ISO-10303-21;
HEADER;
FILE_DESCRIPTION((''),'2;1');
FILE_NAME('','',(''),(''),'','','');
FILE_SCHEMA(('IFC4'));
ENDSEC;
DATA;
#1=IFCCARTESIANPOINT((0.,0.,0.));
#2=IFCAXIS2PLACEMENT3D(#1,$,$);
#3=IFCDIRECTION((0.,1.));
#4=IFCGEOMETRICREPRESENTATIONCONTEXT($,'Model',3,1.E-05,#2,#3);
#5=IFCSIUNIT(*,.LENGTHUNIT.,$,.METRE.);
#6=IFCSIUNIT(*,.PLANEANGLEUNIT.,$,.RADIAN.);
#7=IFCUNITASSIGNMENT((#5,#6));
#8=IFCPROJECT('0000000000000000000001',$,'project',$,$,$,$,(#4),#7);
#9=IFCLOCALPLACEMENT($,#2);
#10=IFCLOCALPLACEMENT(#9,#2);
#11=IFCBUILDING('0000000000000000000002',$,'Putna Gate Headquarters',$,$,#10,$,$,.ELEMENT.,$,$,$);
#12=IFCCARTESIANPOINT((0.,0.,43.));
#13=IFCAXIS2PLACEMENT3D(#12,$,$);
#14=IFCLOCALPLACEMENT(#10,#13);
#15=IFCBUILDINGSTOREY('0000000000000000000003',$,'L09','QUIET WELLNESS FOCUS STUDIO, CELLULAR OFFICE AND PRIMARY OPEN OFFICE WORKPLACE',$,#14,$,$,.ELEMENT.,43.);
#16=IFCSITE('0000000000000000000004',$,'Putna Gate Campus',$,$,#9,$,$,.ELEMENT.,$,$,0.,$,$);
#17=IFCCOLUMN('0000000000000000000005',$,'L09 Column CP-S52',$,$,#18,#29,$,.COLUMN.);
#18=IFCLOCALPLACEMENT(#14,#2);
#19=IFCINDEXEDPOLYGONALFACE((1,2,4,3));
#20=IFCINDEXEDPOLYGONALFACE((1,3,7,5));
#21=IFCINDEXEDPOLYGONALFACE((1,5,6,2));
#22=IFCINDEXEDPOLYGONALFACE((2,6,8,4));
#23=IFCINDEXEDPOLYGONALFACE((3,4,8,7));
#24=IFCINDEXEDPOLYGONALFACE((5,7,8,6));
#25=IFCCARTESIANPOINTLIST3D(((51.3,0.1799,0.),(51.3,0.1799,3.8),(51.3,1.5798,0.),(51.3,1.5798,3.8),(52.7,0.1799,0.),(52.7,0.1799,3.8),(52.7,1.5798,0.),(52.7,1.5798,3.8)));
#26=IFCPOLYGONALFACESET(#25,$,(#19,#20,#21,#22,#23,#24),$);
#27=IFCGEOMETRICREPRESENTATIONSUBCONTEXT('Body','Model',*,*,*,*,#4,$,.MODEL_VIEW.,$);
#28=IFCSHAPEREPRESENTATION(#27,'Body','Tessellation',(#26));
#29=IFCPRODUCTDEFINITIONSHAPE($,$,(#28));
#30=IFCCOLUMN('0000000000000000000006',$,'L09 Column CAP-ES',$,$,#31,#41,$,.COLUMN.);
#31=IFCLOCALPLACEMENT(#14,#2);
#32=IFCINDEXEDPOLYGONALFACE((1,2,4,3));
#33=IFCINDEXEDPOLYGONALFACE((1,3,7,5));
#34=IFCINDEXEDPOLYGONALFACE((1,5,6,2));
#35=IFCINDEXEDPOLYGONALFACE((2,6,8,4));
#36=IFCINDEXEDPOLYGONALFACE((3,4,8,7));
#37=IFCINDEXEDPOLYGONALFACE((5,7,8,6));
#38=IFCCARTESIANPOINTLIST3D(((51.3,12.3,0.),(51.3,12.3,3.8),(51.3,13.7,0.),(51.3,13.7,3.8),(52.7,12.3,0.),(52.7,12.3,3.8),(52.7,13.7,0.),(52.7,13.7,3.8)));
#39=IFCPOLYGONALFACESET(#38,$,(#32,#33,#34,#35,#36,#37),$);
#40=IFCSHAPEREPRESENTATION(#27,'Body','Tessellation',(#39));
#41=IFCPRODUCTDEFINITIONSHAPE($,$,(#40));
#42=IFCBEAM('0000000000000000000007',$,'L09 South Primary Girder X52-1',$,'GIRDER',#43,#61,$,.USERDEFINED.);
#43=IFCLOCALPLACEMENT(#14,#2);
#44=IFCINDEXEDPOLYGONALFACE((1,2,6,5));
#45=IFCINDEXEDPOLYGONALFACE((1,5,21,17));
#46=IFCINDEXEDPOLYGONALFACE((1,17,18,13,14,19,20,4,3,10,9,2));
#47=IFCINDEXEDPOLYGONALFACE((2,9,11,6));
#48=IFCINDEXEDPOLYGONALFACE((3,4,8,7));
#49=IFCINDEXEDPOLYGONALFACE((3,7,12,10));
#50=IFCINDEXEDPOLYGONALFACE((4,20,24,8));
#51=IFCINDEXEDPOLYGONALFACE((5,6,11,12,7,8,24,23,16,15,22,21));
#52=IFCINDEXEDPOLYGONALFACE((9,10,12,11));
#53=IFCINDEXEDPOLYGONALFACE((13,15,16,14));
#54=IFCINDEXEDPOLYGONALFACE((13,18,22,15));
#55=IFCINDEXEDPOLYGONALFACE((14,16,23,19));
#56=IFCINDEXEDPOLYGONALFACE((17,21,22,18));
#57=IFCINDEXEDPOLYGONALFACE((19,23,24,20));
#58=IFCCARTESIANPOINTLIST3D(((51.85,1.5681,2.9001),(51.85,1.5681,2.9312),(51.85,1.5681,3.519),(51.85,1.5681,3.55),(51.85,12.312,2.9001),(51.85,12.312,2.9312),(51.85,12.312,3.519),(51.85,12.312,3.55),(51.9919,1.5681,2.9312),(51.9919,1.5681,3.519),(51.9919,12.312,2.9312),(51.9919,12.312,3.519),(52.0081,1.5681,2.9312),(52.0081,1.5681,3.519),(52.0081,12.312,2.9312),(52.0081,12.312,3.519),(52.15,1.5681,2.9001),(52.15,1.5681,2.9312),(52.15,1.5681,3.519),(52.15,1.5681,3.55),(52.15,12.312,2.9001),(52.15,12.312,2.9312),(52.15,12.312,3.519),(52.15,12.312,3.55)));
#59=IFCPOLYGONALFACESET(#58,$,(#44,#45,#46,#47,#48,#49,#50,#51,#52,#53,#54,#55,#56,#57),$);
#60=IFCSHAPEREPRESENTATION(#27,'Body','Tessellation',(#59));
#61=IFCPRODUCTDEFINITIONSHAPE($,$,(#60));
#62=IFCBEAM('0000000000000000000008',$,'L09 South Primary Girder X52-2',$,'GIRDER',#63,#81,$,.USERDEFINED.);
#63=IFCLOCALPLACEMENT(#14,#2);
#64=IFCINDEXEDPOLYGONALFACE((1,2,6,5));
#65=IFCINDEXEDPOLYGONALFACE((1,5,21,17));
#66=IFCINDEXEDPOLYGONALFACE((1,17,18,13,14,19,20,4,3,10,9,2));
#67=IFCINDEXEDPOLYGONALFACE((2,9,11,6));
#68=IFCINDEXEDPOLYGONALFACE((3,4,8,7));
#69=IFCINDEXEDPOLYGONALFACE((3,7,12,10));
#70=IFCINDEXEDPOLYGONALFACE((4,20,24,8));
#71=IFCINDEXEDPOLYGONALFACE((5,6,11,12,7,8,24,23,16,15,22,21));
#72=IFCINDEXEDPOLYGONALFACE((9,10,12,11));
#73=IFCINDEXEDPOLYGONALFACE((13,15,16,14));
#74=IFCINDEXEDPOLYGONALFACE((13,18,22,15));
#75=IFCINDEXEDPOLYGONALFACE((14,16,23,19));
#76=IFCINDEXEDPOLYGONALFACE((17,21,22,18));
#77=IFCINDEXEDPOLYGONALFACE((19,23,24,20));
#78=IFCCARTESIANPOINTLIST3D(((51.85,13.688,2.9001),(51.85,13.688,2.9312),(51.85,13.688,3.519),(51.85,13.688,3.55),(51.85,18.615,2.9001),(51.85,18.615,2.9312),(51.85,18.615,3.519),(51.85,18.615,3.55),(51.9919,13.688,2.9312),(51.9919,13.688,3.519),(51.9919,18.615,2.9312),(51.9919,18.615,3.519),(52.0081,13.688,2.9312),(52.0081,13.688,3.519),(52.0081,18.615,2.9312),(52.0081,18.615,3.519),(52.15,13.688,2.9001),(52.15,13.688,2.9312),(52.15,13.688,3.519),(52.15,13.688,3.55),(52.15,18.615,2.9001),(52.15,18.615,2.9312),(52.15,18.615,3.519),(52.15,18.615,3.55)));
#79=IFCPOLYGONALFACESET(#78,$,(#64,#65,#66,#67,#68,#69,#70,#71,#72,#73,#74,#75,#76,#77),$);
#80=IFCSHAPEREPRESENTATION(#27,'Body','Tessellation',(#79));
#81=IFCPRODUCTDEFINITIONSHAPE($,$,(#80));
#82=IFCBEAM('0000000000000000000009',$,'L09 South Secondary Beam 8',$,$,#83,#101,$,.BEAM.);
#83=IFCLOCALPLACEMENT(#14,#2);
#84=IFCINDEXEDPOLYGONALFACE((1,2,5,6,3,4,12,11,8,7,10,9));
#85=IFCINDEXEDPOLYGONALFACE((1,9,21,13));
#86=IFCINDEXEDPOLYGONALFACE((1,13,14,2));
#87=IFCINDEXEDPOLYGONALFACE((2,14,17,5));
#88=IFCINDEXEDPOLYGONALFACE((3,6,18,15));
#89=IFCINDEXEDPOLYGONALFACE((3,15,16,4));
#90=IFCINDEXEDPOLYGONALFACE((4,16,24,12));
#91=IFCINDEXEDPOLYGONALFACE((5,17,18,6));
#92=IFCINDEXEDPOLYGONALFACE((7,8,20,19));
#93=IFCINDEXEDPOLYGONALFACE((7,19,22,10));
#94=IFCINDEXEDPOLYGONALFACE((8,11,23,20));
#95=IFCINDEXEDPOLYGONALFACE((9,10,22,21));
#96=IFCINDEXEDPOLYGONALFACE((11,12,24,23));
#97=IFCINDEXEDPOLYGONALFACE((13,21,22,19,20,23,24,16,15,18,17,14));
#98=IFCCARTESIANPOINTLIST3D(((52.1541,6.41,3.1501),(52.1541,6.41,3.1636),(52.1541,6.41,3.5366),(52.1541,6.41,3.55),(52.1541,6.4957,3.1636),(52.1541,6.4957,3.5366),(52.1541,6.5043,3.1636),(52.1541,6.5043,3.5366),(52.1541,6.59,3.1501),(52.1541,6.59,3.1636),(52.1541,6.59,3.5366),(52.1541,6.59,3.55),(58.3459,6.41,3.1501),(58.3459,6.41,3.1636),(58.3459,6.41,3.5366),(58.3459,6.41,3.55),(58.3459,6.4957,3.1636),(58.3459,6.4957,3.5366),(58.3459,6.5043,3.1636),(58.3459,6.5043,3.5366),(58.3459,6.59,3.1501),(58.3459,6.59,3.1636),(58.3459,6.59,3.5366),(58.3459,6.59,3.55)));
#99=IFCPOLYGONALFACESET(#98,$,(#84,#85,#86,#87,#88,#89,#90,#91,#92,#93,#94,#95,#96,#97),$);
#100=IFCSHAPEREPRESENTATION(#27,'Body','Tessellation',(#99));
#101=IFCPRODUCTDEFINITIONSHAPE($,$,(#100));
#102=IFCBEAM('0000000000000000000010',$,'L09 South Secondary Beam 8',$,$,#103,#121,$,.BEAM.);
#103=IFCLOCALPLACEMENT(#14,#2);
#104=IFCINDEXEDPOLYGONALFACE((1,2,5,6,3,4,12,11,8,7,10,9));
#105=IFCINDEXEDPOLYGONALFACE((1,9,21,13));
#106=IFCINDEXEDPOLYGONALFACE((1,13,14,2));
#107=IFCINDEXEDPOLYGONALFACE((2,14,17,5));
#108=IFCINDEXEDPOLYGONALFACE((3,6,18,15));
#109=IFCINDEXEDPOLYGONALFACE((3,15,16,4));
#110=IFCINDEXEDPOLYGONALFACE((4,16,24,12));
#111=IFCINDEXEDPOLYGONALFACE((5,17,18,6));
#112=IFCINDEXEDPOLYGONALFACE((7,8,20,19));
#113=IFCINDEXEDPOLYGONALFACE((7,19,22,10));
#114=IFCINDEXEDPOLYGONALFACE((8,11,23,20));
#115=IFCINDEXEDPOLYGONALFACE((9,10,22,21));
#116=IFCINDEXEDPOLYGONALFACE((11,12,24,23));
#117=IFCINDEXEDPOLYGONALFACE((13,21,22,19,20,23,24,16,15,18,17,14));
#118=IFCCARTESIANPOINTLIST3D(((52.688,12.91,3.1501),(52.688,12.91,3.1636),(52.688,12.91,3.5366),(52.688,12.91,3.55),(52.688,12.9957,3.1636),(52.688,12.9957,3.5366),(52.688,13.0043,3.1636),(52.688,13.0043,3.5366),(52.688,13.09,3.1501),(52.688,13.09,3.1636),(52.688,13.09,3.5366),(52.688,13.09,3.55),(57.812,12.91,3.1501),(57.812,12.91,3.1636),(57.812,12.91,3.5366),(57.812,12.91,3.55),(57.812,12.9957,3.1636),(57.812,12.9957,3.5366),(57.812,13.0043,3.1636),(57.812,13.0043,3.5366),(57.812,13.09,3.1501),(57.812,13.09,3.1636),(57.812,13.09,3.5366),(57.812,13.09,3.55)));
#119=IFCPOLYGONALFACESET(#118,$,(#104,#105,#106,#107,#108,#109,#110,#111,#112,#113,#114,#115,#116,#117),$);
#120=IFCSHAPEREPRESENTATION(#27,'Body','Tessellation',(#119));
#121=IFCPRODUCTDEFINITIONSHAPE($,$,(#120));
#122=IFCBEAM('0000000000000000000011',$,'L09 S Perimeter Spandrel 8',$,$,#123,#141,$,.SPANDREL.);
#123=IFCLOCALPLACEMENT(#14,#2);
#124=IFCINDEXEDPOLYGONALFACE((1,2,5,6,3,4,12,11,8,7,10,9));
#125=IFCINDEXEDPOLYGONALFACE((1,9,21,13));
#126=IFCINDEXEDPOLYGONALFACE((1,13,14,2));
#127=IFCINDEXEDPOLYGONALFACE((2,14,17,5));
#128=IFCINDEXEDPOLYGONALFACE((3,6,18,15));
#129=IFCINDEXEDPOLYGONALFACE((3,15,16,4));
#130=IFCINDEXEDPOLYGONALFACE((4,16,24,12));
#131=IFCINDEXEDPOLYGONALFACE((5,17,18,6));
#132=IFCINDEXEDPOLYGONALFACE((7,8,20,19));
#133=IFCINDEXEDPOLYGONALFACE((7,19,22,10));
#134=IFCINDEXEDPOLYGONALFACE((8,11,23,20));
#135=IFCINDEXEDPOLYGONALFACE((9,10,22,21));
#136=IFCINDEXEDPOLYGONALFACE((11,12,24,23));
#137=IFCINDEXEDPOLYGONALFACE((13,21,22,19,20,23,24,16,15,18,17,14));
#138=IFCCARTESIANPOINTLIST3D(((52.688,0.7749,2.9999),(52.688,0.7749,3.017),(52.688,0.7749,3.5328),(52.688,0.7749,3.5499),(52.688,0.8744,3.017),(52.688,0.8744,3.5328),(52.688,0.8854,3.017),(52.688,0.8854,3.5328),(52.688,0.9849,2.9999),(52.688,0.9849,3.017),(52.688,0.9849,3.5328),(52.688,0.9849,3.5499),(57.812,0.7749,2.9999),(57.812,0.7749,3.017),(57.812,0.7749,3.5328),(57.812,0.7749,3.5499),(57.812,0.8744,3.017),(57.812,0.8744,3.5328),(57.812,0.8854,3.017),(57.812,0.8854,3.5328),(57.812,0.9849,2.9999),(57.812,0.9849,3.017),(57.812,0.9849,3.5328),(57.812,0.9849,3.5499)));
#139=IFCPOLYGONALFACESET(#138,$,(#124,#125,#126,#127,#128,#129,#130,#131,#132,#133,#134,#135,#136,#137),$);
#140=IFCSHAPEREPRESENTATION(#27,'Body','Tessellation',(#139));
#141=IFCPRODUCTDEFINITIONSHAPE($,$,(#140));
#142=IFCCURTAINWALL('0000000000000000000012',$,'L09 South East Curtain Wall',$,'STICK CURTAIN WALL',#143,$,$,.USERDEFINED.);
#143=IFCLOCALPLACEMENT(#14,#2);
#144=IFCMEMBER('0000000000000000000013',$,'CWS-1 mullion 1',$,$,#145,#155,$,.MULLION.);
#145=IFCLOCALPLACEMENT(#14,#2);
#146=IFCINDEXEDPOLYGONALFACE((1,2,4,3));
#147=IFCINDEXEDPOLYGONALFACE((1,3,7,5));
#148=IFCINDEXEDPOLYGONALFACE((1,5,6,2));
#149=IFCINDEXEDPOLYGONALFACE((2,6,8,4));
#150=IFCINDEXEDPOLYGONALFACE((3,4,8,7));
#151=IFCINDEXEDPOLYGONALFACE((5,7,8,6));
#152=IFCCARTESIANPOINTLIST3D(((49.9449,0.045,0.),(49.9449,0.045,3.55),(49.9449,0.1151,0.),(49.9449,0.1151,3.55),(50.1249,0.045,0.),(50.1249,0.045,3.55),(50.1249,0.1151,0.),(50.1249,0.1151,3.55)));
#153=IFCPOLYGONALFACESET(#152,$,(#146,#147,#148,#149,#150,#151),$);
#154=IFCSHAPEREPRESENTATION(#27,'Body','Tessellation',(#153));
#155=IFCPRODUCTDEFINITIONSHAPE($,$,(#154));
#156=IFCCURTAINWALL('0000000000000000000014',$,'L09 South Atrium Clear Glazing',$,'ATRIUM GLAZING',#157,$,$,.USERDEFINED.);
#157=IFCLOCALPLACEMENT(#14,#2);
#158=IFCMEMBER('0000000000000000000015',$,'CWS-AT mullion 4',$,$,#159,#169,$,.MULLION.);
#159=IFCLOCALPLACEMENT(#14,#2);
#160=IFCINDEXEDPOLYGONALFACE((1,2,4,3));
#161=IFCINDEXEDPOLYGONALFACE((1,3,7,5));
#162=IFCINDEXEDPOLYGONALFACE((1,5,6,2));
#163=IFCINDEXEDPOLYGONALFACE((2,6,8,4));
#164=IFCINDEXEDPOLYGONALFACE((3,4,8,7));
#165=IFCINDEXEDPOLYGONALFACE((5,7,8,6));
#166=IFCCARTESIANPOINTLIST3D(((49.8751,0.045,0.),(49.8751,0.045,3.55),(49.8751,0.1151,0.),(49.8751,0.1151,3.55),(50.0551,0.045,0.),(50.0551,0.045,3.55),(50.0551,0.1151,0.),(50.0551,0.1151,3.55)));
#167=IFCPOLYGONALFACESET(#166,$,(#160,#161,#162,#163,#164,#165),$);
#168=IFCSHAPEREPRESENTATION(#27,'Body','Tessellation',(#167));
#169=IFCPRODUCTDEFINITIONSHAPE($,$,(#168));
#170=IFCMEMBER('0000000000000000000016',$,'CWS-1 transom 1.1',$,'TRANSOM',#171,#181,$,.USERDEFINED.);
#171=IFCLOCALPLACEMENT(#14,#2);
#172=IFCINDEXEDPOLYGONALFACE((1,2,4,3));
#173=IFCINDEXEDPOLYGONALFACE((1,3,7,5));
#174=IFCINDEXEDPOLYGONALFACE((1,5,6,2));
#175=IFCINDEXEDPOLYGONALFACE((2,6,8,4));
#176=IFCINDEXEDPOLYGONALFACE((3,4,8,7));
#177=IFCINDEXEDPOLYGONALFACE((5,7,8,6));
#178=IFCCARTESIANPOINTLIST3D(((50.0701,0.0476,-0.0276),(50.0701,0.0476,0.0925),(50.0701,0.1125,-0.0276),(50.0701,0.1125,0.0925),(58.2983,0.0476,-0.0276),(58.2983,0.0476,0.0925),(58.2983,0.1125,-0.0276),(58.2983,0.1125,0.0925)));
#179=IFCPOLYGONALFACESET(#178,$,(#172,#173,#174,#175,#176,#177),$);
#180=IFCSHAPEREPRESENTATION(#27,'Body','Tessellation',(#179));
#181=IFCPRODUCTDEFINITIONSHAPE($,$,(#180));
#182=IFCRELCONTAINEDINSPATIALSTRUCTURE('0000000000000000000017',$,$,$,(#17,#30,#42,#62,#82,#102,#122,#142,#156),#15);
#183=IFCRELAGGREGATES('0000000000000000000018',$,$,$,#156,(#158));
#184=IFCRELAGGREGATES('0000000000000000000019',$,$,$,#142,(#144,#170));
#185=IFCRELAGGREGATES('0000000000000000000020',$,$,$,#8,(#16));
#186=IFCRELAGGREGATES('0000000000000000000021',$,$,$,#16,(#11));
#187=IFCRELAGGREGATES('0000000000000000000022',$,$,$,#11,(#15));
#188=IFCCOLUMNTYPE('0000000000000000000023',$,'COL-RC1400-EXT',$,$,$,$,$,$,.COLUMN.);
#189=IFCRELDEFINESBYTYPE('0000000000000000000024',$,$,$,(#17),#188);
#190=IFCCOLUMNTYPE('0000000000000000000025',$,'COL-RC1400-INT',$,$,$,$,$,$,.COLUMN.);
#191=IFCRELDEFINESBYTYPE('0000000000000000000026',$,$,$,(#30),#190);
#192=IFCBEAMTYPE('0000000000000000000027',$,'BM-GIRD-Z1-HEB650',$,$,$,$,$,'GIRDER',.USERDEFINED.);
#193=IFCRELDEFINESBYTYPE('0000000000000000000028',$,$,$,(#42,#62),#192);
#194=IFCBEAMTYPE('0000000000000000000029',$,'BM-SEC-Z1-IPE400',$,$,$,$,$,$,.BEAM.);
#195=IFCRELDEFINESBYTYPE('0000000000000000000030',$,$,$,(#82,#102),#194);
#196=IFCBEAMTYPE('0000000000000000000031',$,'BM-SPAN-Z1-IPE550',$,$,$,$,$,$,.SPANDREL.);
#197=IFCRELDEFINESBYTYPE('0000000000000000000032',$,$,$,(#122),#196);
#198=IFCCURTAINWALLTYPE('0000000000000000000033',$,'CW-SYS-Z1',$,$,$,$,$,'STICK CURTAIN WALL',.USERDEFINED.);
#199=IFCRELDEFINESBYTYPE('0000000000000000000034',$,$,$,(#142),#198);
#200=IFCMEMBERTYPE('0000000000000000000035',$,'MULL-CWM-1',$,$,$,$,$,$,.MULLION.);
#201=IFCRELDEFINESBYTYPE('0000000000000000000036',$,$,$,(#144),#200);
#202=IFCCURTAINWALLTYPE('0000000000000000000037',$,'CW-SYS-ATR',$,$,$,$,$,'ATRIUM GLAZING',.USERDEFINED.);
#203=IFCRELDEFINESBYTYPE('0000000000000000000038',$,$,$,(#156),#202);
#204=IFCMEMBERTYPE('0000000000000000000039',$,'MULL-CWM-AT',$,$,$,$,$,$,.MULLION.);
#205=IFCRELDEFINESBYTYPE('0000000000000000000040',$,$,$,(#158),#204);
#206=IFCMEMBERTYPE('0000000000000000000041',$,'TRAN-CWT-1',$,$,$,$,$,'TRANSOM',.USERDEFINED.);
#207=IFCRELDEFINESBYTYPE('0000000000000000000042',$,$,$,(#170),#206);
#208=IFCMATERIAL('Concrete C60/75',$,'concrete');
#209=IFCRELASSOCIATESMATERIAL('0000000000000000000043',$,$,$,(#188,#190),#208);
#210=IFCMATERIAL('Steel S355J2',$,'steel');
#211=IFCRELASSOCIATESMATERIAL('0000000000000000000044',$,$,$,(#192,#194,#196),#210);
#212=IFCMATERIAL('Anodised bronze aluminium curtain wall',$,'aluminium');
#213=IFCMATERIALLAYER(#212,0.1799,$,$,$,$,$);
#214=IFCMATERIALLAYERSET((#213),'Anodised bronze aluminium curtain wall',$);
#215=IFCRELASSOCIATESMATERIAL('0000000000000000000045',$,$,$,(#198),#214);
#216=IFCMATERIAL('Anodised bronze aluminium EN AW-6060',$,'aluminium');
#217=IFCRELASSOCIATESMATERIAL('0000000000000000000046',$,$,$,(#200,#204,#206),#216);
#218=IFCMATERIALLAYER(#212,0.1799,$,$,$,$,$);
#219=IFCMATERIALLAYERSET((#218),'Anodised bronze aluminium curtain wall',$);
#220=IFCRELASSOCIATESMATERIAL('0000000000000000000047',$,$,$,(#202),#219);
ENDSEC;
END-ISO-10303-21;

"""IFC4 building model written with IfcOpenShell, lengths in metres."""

from ifc_helpers import new_model, si_unit, direction, frame, origin, origin_2d, place, context, subcontext, project, spatial, rectangle, i_section, extrude, material, layer, layer_set, material_profile, profile_set, type_object, element, aggregate, save


model = new_model("IFC4")

# Units and contexts
model_context = context("Model", 3, precision=1e-05, world=origin(), true_north=direction((0.0, 1.0)))
body_context = subcontext(model_context, "Body", "Model", "MODEL_VIEW")
ifc_project = project(units=[si_unit("LENGTHUNIT", "METRE"), si_unit("PLANEANGLEUNIT", "RADIAN")], contexts=[model_context])

# Site, building, storey
site_placement = place(None, origin())
site = spatial("IfcSite", under=ifc_project, at=site_placement, Name="Putna Gate Campus", CompositionType="ELEMENT", RefElevation=0.0)
building_placement = place(site_placement, origin())
building = spatial("IfcBuilding", under=site, at=building_placement, Name="Putna Gate Headquarters", CompositionType="ELEMENT")
storey_placement = place(building_placement, frame((0.0, 0.0, 43.0)))
storey = spatial("IfcBuildingStorey", under=building, at=storey_placement, Name="L09", Description="QUIET WELLNESS FOCUS STUDIO, CELLULAR OFFICE AND PRIMARY OPEN OFFICE WORKPLACE", CompositionType="ELEMENT", Elevation=43.0)

# Columns
ifc_material_1 = material(Name="Concrete C60/75", Category="concrete")
ifc_material_profile_1 = material_profile(ifc_material_1, rectangle(XDim=1.3999, YDim=1.3999, at=origin_2d()), Name="Concrete C60/75")
ifc_profile_set_1 = profile_set([ifc_material_profile_1], Name="Concrete C60/75")
column_type_1 = type_object("IfcColumnType", Name="COL-RC1400-EXT", PredefinedType="COLUMN", material=ifc_profile_set_1)
column_1_placement = place(storey_placement, frame((52.0, 0.8799, 0.0), z_axis=(0.0, 0.0, 1.0), x_axis=(1.0, 0.0, 0.0)))
element("IfcColumn", 1, at=column_1_placement, inside=storey, type_object=column_type_1, Name="L09 Column CP-S52", PredefinedType="COLUMN", context=body_context, shape_type="SweptSolid", body=[
    extrude(rectangle(XDim=1.3999, YDim=1.3999, at=origin_2d()), origin(), (0.0, 0.0, 1.0), 3.8),
])
ifc_material_profile_2 = material_profile(ifc_material_1, rectangle(XDim=1.3999, YDim=1.3999, at=origin_2d()), Name="Concrete C60/75")
ifc_profile_set_2 = profile_set([ifc_material_profile_2], Name="Concrete C60/75")
column_type_2 = type_object("IfcColumnType", Name="COL-RC1400-INT", PredefinedType="COLUMN", material=ifc_profile_set_2)
column_2_placement = place(storey_placement, frame((52.0, 13.0, 0.0), z_axis=(0.0, 0.0, 1.0), x_axis=(1.0, 0.0, 0.0)))
element("IfcColumn", 2, at=column_2_placement, inside=storey, type_object=column_type_2, Name="L09 Column CAP-ES", PredefinedType="COLUMN", context=body_context, shape_type="SweptSolid", body=[
    extrude(rectangle(XDim=1.3999, YDim=1.3999, at=origin_2d()), origin(), (0.0, 0.0, 1.0), 3.8),
])

# Beams
ifc_material_2 = material(Name="Steel S355J2", Category="steel")
ifc_material_profile_3 = material_profile(ifc_material_2, i_section(OverallWidth=0.3, OverallDepth=0.6499, WebThickness=0.0161, FlangeThickness=0.031, at=origin_2d()), Name="Steel S355J2")
ifc_profile_set_3 = profile_set([ifc_material_profile_3], Name="Steel S355J2")
beam_type_1 = type_object("IfcBeamType", Name="BM-GIRD-Z1-HEB650", ElementType="GIRDER", PredefinedType="USERDEFINED", material=ifc_profile_set_3)
beam_1_placement = place(storey_placement, frame((52.0, 1.5681, 3.2251), z_axis=(0.0, 1.0, 0.0), x_axis=(-1.0, 0.0, 0.0)))
element("IfcBeam", 3, at=beam_1_placement, inside=storey, type_object=beam_type_1, Name="L09 South Primary Girder X52-1", ObjectType="GIRDER", PredefinedType="USERDEFINED", context=body_context, shape_type="SweptSolid", body=[
    extrude(i_section(OverallWidth=0.3, OverallDepth=0.6499, WebThickness=0.0161, FlangeThickness=0.031, at=origin_2d()), origin(), (0.0, 0.0, 1.0), 10.7439),
])
beam_2_placement = place(storey_placement, frame((52.0, 13.688, 3.2251), z_axis=(0.0, 1.0, 0.0), x_axis=(-1.0, 0.0, 0.0)))
element("IfcBeam", 4, at=beam_2_placement, inside=storey, type_object=beam_type_1, Name="L09 South Primary Girder X52-2", ObjectType="GIRDER", PredefinedType="USERDEFINED", context=body_context, shape_type="SweptSolid", body=[
    extrude(i_section(OverallWidth=0.3, OverallDepth=0.6499, WebThickness=0.0161, FlangeThickness=0.031, at=origin_2d()), origin(), (0.0, 0.0, 1.0), 4.927),
])
ifc_material_profile_4 = material_profile(ifc_material_2, i_section(OverallWidth=0.1799, OverallDepth=0.3999, WebThickness=0.0085, FlangeThickness=0.0134, at=origin_2d()), Name="Steel S355J2")
ifc_profile_set_4 = profile_set([ifc_material_profile_4], Name="Steel S355J2")
beam_type_2 = type_object("IfcBeamType", Name="BM-SEC-Z1-IPE400", PredefinedType="BEAM", material=ifc_profile_set_4)
beam_3_placement = place(storey_placement, frame((52.1541, 6.5, 3.3501), z_axis=(1.0, 0.0, 0.0), x_axis=(0.0, 1.0, 0.0)))
element("IfcBeam", 5, at=beam_3_placement, inside=storey, type_object=beam_type_2, Name="L09 South Secondary Beam 8", PredefinedType="BEAM", context=body_context, shape_type="SweptSolid", body=[
    extrude(i_section(OverallWidth=0.1799, OverallDepth=0.3999, WebThickness=0.0085, FlangeThickness=0.0134, at=origin_2d()), origin(), (0.0, 0.0, 1.0), 6.1919),
])
beam_4_placement = place(storey_placement, frame((52.688, 13.0, 3.3501), z_axis=(1.0, 0.0, 0.0), x_axis=(0.0, 1.0, 0.0)))
element("IfcBeam", 6, at=beam_4_placement, inside=storey, type_object=beam_type_2, Name="L09 South Secondary Beam 8", PredefinedType="BEAM", context=body_context, shape_type="SweptSolid", body=[
    extrude(i_section(OverallWidth=0.1799, OverallDepth=0.3999, WebThickness=0.0085, FlangeThickness=0.0134, at=origin_2d()), origin(), (0.0, 0.0, 1.0), 5.124),
])
ifc_material_profile_5 = material_profile(ifc_material_2, i_section(OverallWidth=0.21, OverallDepth=0.55, WebThickness=0.011, FlangeThickness=0.0171, at=origin_2d()), Name="Steel S355J2")
ifc_profile_set_5 = profile_set([ifc_material_profile_5], Name="Steel S355J2")
beam_type_3 = type_object("IfcBeamType", Name="BM-SPAN-Z1-IPE550", PredefinedType="SPANDREL", material=ifc_profile_set_5)
beam_5_placement = place(storey_placement, frame((52.688, 0.8799, 3.2749), z_axis=(1.0, 0.0, 0.0), x_axis=(0.0, 1.0, 0.0)))
element("IfcBeam", 7, at=beam_5_placement, inside=storey, type_object=beam_type_3, Name="L09 S Perimeter Spandrel 8", PredefinedType="SPANDREL", context=body_context, shape_type="SweptSolid", body=[
    extrude(i_section(OverallWidth=0.21, OverallDepth=0.55, WebThickness=0.011, FlangeThickness=0.0171, at=origin_2d()), origin(), (0.0, 0.0, 1.0), 5.124),
])

# Curtain walls, members
ifc_material_3 = material(Name="Anodised bronze aluminium curtain wall", Category="aluminium")
ifc_layer_1 = layer(ifc_material_3, 0.1799)
ifc_layer_set_1 = layer_set([ifc_layer_1], Name="Anodised bronze aluminium curtain wall")
curtain_wall_type_1 = type_object("IfcCurtainWallType", Name="CW-SYS-Z1", ElementType="STICK CURTAIN WALL", PredefinedType="USERDEFINED", material=ifc_layer_set_1)
curtain_wall_1_placement = place(storey_placement, origin())
curtain_wall_1 = element("IfcCurtainWall", 8, at=curtain_wall_1_placement, inside=storey, type_object=curtain_wall_type_1, Name="L09 South East Curtain Wall", ObjectType="STICK CURTAIN WALL", PredefinedType="USERDEFINED")
ifc_material_4 = material(Name="Anodised bronze aluminium EN AW-6060", Category="aluminium")
ifc_material_profile_6 = material_profile(ifc_material_4, rectangle(XDim=0.0701, YDim=0.1799, at=origin_2d()), Name="Anodised bronze aluminium EN AW-6060")
ifc_profile_set_6 = profile_set([ifc_material_profile_6], Name="Anodised bronze aluminium EN AW-6060")
member_type_1 = type_object("IfcMemberType", Name="MULL-CWM-1", PredefinedType="MULLION", material=ifc_profile_set_6)
member_1_placement = place(storey_placement, frame((50.0349, 0.0801, 0.0), z_axis=(0.0, 0.0, 1.0), x_axis=(0.0, 1.0, 0.0)))
member_1 = element("IfcMember", 9, at=member_1_placement, type_object=member_type_1, Name="CWS-1 mullion 1", PredefinedType="MULLION", context=body_context, shape_type="SweptSolid", body=[
    extrude(rectangle(XDim=0.0701, YDim=0.1799, at=origin_2d()), origin(), (0.0, 0.0, 1.0), 3.55),
])
ifc_layer_2 = layer(ifc_material_3, 0.1799)
ifc_layer_set_2 = layer_set([ifc_layer_2], Name="Anodised bronze aluminium curtain wall")
curtain_wall_type_2 = type_object("IfcCurtainWallType", Name="CW-SYS-ATR", ElementType="ATRIUM GLAZING", PredefinedType="USERDEFINED", material=ifc_layer_set_2)
curtain_wall_2_placement = place(storey_placement, origin())
curtain_wall_2 = element("IfcCurtainWall", 10, at=curtain_wall_2_placement, inside=storey, type_object=curtain_wall_type_2, Name="L09 South Atrium Clear Glazing", ObjectType="ATRIUM GLAZING", PredefinedType="USERDEFINED")
ifc_material_profile_7 = material_profile(ifc_material_4, rectangle(XDim=0.0701, YDim=0.1799, at=origin_2d()), Name="Anodised bronze aluminium EN AW-6060")
ifc_profile_set_7 = profile_set([ifc_material_profile_7], Name="Anodised bronze aluminium EN AW-6060")
member_type_2 = type_object("IfcMemberType", Name="MULL-CWM-AT", PredefinedType="MULLION", material=ifc_profile_set_7)
member_2_placement = place(storey_placement, frame((49.9651, 0.0801, 0.0), z_axis=(0.0, 0.0, 1.0), x_axis=(0.0, 1.0, 0.0)))
member_2 = element("IfcMember", 11, at=member_2_placement, type_object=member_type_2, Name="CWS-AT mullion 4", PredefinedType="MULLION", context=body_context, shape_type="SweptSolid", body=[
    extrude(rectangle(XDim=0.0701, YDim=0.1799, at=origin_2d()), origin(), (0.0, 0.0, 1.0), 3.55),
])
aggregate(curtain_wall_2, [member_2])

# Member
ifc_material_profile_8 = material_profile(ifc_material_4, rectangle(XDim=0.0649, YDim=0.1201, at=origin_2d()), Name="Anodised bronze aluminium EN AW-6060")
ifc_profile_set_8 = profile_set([ifc_material_profile_8], Name="Anodised bronze aluminium EN AW-6060")
member_type_3 = type_object("IfcMemberType", Name="TRAN-CWT-1", ElementType="TRANSOM", PredefinedType="USERDEFINED", material=ifc_profile_set_8)
member_3_placement = place(storey_placement, frame((50.0701, 0.0801, 0.0325), z_axis=(1.0, 0.0, 0.0), x_axis=(0.0, 1.0, 0.0)))
member_3 = element("IfcMember", 12, at=member_3_placement, type_object=member_type_3, Name="CWS-1 transom 1.1", ObjectType="TRANSOM", PredefinedType="USERDEFINED", context=body_context, shape_type="SweptSolid", body=[
    extrude(rectangle(XDim=0.0649, YDim=0.1201, at=origin_2d()), origin(), (0.0, 0.0, 1.0), 8.2283),
])

aggregate(curtain_wall_1, [member_1, member_3])

save(model, "model.ifc")
